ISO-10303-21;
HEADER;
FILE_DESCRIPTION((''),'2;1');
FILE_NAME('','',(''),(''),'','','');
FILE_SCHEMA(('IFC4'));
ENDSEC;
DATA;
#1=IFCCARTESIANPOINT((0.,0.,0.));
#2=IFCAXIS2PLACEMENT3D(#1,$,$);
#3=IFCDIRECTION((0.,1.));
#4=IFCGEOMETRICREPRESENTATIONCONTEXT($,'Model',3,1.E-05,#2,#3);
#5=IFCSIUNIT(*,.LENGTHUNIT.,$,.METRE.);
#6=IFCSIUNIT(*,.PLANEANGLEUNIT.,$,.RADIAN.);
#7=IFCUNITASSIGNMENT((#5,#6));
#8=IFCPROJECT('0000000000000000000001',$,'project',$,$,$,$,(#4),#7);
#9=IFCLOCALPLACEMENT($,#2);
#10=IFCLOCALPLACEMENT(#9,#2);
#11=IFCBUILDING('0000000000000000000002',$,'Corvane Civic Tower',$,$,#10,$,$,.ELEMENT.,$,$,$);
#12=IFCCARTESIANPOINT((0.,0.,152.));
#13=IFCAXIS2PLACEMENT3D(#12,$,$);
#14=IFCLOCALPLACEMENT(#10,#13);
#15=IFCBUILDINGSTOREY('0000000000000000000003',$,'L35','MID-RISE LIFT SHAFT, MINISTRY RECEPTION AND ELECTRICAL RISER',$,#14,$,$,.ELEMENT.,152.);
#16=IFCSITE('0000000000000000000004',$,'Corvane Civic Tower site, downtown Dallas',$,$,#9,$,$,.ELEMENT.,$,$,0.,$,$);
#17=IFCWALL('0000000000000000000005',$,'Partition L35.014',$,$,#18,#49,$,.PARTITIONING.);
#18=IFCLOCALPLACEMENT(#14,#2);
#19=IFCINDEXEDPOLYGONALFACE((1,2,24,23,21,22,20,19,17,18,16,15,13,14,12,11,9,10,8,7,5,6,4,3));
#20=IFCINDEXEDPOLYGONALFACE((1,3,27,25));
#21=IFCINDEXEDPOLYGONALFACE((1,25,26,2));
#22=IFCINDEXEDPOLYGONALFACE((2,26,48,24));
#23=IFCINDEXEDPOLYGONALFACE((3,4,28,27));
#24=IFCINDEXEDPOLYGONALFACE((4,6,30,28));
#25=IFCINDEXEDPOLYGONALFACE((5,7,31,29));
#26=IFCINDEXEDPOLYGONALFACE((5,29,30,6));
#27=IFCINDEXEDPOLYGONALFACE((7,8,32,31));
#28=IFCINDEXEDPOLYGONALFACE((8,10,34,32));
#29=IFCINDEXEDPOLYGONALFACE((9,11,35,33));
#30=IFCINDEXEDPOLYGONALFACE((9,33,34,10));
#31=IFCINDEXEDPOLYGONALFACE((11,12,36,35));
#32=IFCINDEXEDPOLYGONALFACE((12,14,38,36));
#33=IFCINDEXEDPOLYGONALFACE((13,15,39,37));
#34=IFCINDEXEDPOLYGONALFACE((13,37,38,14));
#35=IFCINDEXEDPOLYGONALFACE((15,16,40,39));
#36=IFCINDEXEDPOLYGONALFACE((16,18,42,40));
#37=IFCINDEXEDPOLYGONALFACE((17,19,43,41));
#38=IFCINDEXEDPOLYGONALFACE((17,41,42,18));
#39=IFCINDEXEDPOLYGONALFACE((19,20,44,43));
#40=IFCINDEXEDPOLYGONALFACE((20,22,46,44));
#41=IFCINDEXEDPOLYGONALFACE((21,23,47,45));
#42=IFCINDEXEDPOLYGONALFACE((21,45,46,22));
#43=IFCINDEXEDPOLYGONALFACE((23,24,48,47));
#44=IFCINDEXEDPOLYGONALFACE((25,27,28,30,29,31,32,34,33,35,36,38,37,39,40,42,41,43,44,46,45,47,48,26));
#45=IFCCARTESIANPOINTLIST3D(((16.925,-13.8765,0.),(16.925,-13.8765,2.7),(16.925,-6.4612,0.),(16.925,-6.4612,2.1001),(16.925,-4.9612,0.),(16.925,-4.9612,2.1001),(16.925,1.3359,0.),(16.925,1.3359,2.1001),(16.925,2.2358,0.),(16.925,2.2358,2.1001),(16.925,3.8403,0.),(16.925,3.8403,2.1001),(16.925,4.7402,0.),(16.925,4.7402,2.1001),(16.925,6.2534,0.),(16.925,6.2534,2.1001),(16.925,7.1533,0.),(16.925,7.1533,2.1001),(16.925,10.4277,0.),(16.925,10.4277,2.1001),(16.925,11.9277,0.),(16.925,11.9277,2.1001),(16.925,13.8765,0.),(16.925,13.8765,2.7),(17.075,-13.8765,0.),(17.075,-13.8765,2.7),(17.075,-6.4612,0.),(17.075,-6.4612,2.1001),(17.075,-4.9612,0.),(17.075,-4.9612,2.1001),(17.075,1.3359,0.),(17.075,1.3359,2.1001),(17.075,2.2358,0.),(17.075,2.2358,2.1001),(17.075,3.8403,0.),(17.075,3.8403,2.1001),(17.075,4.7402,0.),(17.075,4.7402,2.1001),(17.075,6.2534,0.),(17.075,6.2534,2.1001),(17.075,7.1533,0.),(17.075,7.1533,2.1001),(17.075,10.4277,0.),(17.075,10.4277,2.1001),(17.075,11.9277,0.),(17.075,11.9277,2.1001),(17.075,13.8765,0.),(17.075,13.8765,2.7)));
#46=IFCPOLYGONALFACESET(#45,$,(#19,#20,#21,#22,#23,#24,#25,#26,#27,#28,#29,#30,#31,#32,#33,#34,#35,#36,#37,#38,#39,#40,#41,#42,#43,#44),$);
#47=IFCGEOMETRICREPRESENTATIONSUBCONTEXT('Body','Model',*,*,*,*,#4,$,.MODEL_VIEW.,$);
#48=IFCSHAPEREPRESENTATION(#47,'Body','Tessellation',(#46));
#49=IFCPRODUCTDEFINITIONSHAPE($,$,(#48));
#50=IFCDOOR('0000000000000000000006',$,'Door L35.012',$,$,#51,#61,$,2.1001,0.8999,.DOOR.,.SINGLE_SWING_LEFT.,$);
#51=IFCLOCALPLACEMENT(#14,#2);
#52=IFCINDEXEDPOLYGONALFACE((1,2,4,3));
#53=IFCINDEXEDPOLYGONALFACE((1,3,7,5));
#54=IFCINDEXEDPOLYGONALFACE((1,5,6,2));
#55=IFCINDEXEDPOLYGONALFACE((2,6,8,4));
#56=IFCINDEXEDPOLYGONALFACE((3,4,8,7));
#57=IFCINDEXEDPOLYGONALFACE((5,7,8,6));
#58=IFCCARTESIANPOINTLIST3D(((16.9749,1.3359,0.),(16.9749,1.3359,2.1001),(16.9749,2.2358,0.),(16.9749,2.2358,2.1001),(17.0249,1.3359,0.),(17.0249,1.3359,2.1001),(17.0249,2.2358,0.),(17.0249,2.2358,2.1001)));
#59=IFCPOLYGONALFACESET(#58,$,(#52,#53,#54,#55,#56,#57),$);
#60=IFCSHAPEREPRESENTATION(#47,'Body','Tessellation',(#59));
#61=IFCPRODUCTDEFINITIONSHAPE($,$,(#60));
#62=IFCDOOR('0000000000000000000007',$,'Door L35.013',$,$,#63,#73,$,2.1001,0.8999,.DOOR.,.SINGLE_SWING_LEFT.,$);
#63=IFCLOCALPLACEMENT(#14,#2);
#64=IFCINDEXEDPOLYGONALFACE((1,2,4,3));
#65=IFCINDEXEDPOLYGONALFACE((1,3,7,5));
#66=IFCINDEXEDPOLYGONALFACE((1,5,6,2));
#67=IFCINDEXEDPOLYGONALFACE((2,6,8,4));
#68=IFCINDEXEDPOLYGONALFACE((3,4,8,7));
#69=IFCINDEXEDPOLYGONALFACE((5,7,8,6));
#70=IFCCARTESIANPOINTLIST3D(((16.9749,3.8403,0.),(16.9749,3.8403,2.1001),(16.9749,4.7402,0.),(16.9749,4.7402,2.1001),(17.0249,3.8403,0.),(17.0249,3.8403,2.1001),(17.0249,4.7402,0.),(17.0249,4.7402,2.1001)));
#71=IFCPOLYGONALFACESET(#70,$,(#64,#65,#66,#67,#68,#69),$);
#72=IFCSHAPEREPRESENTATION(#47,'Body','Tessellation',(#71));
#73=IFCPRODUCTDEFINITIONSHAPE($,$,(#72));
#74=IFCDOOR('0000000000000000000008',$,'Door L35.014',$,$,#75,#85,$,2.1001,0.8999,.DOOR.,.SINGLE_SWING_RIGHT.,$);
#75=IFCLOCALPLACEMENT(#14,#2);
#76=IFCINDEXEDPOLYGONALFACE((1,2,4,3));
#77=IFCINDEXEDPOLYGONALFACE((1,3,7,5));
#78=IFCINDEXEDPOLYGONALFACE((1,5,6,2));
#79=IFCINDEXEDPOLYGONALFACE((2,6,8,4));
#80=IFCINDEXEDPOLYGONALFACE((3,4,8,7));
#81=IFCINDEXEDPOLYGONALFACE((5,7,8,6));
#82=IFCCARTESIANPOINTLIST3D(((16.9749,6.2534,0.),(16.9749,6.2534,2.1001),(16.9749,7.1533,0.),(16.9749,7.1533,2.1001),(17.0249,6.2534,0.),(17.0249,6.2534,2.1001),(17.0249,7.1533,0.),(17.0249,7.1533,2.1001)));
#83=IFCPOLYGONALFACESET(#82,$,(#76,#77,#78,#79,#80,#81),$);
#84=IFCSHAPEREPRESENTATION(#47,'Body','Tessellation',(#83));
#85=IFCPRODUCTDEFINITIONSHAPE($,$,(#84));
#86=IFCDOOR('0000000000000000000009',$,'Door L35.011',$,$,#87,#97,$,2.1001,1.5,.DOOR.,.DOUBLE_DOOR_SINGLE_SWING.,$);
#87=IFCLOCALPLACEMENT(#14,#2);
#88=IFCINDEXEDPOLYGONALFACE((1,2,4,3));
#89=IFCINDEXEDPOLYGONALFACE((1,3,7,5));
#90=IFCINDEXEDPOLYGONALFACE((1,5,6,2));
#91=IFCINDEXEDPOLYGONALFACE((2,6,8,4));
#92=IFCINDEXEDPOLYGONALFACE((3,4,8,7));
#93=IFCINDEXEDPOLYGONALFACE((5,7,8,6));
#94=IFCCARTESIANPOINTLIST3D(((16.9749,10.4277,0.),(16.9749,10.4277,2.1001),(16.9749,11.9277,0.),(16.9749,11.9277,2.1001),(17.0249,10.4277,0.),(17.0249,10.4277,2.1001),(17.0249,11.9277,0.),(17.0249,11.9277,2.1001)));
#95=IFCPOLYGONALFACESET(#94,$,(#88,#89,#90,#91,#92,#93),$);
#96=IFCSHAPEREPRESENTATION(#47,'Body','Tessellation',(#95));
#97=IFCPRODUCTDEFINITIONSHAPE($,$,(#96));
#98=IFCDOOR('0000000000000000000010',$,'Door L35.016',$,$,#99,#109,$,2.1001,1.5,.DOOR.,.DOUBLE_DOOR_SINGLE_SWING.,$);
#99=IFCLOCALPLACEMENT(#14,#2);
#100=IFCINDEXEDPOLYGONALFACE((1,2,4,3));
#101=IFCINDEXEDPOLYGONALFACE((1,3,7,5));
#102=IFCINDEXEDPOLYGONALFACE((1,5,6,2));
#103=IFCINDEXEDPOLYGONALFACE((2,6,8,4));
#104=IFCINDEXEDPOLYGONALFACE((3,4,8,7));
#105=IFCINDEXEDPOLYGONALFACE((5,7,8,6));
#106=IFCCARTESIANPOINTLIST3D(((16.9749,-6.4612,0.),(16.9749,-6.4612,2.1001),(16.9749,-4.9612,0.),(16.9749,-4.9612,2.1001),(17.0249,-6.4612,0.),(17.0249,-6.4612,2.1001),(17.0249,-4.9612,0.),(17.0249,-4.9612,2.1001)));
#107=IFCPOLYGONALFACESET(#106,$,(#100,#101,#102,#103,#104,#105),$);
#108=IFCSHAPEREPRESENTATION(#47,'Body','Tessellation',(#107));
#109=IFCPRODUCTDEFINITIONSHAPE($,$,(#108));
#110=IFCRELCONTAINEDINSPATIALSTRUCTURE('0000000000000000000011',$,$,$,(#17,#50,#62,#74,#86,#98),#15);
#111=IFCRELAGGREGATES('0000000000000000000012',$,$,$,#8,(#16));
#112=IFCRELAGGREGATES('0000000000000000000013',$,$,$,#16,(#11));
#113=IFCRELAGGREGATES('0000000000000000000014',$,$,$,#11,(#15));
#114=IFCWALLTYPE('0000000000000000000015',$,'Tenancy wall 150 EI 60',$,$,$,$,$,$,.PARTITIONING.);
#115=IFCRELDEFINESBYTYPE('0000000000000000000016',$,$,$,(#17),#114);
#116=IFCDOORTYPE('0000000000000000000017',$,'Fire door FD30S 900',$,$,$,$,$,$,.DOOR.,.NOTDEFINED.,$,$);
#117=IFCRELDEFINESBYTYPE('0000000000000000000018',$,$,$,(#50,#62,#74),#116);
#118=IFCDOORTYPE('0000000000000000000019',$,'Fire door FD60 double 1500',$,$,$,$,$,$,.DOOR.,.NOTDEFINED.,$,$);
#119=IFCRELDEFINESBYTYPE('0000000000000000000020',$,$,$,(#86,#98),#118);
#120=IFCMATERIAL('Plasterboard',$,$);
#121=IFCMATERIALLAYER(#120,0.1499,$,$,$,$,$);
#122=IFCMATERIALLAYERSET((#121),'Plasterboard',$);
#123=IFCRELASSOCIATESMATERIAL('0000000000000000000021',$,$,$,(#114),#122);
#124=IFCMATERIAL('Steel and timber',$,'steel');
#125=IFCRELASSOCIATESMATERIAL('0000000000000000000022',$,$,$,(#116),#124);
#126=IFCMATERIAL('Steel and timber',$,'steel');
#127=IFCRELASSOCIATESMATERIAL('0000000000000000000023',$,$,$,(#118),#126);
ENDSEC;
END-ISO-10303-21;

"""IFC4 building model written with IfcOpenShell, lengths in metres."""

from ifc_helpers import new_model, si_unit, direction, frame, frame_2d, origin, place, context, subcontext, project, spatial, rectangle, extrude, material, layer, layer_set, type_object, element, fill, save


model = new_model("IFC4")

# Units and contexts
model_context = context("Model", 3, precision=1e-05, world=origin(), true_north=direction((0.0, 1.0)))
body_context = subcontext(model_context, "Body", "Model", "MODEL_VIEW")
ifc_project = project(units=[si_unit("LENGTHUNIT", "METRE"), si_unit("PLANEANGLEUNIT", "RADIAN")], contexts=[model_context])

# Site, building, storey
site_placement = place(None, origin())
site = spatial("IfcSite", under=ifc_project, at=site_placement, Name="Corvane Civic Tower site, downtown Dallas", CompositionType="ELEMENT", RefElevation=0.0)
building_placement = place(site_placement, origin())
building = spatial("IfcBuilding", under=site, at=building_placement, Name="Corvane Civic Tower", CompositionType="ELEMENT")
storey_placement = place(building_placement, frame((0.0, 0.0, 152.0)))
storey = spatial("IfcBuildingStorey", under=building, at=storey_placement, Name="L35", Description="MID-RISE LIFT SHAFT, MINISTRY RECEPTION AND ELECTRICAL RISER", CompositionType="ELEMENT", Elevation=152.0)

# Wall, openings, doors
ifc_material_1 = material(Name="Plasterboard")
ifc_layer_1 = layer(ifc_material_1, 0.1499)
ifc_layer_set_1 = layer_set([ifc_layer_1], Name="Plasterboard")
wall_type_1 = type_object("IfcWallType", Name="Tenancy wall 150 EI 60", PredefinedType="PARTITIONING", material=ifc_layer_set_1)
wall_1_placement = place(storey_placement, frame((17.0, -13.8765, 0.0), z_axis=(0.0, 0.0, 1.0), x_axis=(0.0, 1.0, 0.0)))
wall_1 = element("IfcWall", 1, at=wall_1_placement, inside=storey, type_object=wall_type_1, Name="Partition L35.014", PredefinedType="PARTITIONING", context=body_context, shape_type="SweptSolid", body=[
    extrude(rectangle(XDim=27.7529, YDim=0.1499, at=frame_2d((13.8765, 0.0))), origin(), (0.0, 0.0, 1.0), 2.7),
])
opening_1_placement = place(wall_1_placement, frame((24.3042, 0.0, 0.0)))
opening_1 = element("IfcOpeningElement", 2, at=opening_1_placement, cuts=wall_1, PredefinedType="OPENING", context=body_context, shape_type="SweptSolid", body=[
    extrude(rectangle(XDim=1.5, YDim=2.1001, at=frame_2d((0.75, 1.05))), frame((0.0, 0.085, 0.0), z_axis=(0.0, -1.0, 0.0), x_axis=(1.0, 0.0, 0.0)), (0.0, 0.0, 1.0), 0.1699),
])
opening_2_placement = place(wall_1_placement, frame((15.2124, 0.0, 0.0)))
opening_2 = element("IfcOpeningElement", 3, at=opening_2_placement, cuts=wall_1, PredefinedType="OPENING", context=body_context, shape_type="SweptSolid", body=[
    extrude(rectangle(XDim=0.8999, YDim=2.1001, at=frame_2d((0.45, 1.05))), frame((0.0, 0.085, 0.0), z_axis=(0.0, -1.0, 0.0), x_axis=(1.0, 0.0, 0.0)), (0.0, 0.0, 1.0), 0.1699),
])
opening_3_placement = place(wall_1_placement, frame((17.7168, 0.0, 0.0)))
opening_3 = element("IfcOpeningElement", 4, at=opening_3_placement, cuts=wall_1, PredefinedType="OPENING", context=body_context, shape_type="SweptSolid", body=[
    extrude(rectangle(XDim=0.8999, YDim=2.1001, at=frame_2d((0.45, 1.05))), frame((0.0, 0.085, 0.0), z_axis=(0.0, -1.0, 0.0), x_axis=(1.0, 0.0, 0.0)), (0.0, 0.0, 1.0), 0.1699),
])
opening_4_placement = place(wall_1_placement, frame((20.1299, 0.0, 0.0)))
opening_4 = element("IfcOpeningElement", 5, at=opening_4_placement, cuts=wall_1, PredefinedType="OPENING", context=body_context, shape_type="SweptSolid", body=[
    extrude(rectangle(XDim=0.8999, YDim=2.1001, at=frame_2d((0.45, 1.05))), frame((0.0, 0.085, 0.0), z_axis=(0.0, -1.0, 0.0), x_axis=(1.0, 0.0, 0.0)), (0.0, 0.0, 1.0), 0.1699),
])
opening_5_placement = place(wall_1_placement, frame((7.4153, 0.0, 0.0)))
opening_5 = element("IfcOpeningElement", 6, at=opening_5_placement, cuts=wall_1, PredefinedType="OPENING", context=body_context, shape_type="SweptSolid", body=[
    extrude(rectangle(XDim=1.5, YDim=2.1001, at=frame_2d((0.75, 1.05))), frame((0.0, 0.085, 0.0), z_axis=(0.0, -1.0, 0.0), x_axis=(1.0, 0.0, 0.0)), (0.0, 0.0, 1.0), 0.1699),
])
ifc_material_2 = material(Name="Steel and timber", Category="steel")
door_type_1 = type_object("IfcDoorType", Name="Fire door FD30S 900", OperationType="NOTDEFINED", PredefinedType="DOOR", material=ifc_material_2)
door_1_placement = place(opening_2_placement, frame((0.8999, 0.0, 0.0), z_axis=(0.0, 0.0, 1.0), x_axis=(-1.0, 0.0, 0.0)))
door_1 = element("IfcDoor", 7, at=door_1_placement, inside=storey, type_object=door_type_1, Name="Door L35.012", OperationType="SINGLE_SWING_LEFT", OverallHeight=2.1001, OverallWidth=0.8999, PredefinedType="DOOR", context=body_context, shape_type="SweptSolid", body=[
    extrude(rectangle(XDim=0.8999, YDim=2.1001, at=frame_2d((0.45, 1.05))), frame((0.0, 0.0249, 0.0), z_axis=(0.0, -1.0, 0.0), x_axis=(1.0, 0.0, 0.0)), (0.0, 0.0, 1.0), 0.05),
])
fill(opening_2, door_1)
door_2_placement = place(opening_3_placement, frame((0.8999, 0.0, 0.0), z_axis=(0.0, 0.0, 1.0), x_axis=(-1.0, 0.0, 0.0)))
door_2 = element("IfcDoor", 8, at=door_2_placement, inside=storey, type_object=door_type_1, Name="Door L35.013", OperationType="SINGLE_SWING_LEFT", OverallHeight=2.1001, OverallWidth=0.8999, PredefinedType="DOOR", context=body_context, shape_type="SweptSolid", body=[
    extrude(rectangle(XDim=0.8999, YDim=2.1001, at=frame_2d((0.45, 1.05))), frame((0.0, 0.0249, 0.0), z_axis=(0.0, -1.0, 0.0), x_axis=(1.0, 0.0, 0.0)), (0.0, 0.0, 1.0), 0.05),
])
fill(opening_3, door_2)
door_3_placement = place(opening_4_placement, frame((0.8999, 0.0, 0.0), z_axis=(0.0, 0.0, 1.0), x_axis=(-1.0, 0.0, 0.0)))
door_3 = element("IfcDoor", 9, at=door_3_placement, inside=storey, type_object=door_type_1, Name="Door L35.014", OperationType="SINGLE_SWING_RIGHT", OverallHeight=2.1001, OverallWidth=0.8999, PredefinedType="DOOR", context=body_context, shape_type="SweptSolid", body=[
    extrude(rectangle(XDim=0.8999, YDim=2.1001, at=frame_2d((0.45, 1.05))), frame((0.0, 0.0249, 0.0), z_axis=(0.0, -1.0, 0.0), x_axis=(1.0, 0.0, 0.0)), (0.0, 0.0, 1.0), 0.05),
])
fill(opening_4, door_3)
ifc_material_3 = material(Name="Steel and timber", Category="steel")
door_type_2 = type_object("IfcDoorType", Name="Fire door FD60 double 1500", OperationType="NOTDEFINED", PredefinedType="DOOR", material=ifc_material_3)
door_4_placement = place(opening_1_placement, frame((1.5, 0.0, 0.0), z_axis=(0.0, 0.0, 1.0), x_axis=(-1.0, 0.0, 0.0)))
door_4 = element("IfcDoor", 10, at=door_4_placement, inside=storey, type_object=door_type_2, Name="Door L35.011", OperationType="DOUBLE_DOOR_SINGLE_SWING", OverallHeight=2.1001, OverallWidth=1.5, PredefinedType="DOOR", context=body_context, shape_type="SweptSolid", body=[
    extrude(rectangle(XDim=1.5, YDim=2.1001, at=frame_2d((0.75, 1.05))), frame((0.0, 0.0249, 0.0), z_axis=(0.0, -1.0, 0.0), x_axis=(1.0, 0.0, 0.0)), (0.0, 0.0, 1.0), 0.05),
])
fill(opening_1, door_4)
door_5_placement = place(opening_5_placement, frame((1.5, 0.0, 0.0), z_axis=(0.0, 0.0, 1.0), x_axis=(-1.0, 0.0, 0.0)))
door_5 = element("IfcDoor", 11, at=door_5_placement, inside=storey, type_object=door_type_2, Name="Door L35.016", OperationType="DOUBLE_DOOR_SINGLE_SWING", OverallHeight=2.1001, OverallWidth=1.5, PredefinedType="DOOR", context=body_context, shape_type="SweptSolid", body=[
    extrude(rectangle(XDim=1.5, YDim=2.1001, at=frame_2d((0.75, 1.05))), frame((0.0, 0.0249, 0.0), z_axis=(0.0, -1.0, 0.0), x_axis=(1.0, 0.0, 0.0)), (0.0, 0.0, 1.0), 0.05),
])
fill(opening_5, door_5)

save(model, "model.ifc")
